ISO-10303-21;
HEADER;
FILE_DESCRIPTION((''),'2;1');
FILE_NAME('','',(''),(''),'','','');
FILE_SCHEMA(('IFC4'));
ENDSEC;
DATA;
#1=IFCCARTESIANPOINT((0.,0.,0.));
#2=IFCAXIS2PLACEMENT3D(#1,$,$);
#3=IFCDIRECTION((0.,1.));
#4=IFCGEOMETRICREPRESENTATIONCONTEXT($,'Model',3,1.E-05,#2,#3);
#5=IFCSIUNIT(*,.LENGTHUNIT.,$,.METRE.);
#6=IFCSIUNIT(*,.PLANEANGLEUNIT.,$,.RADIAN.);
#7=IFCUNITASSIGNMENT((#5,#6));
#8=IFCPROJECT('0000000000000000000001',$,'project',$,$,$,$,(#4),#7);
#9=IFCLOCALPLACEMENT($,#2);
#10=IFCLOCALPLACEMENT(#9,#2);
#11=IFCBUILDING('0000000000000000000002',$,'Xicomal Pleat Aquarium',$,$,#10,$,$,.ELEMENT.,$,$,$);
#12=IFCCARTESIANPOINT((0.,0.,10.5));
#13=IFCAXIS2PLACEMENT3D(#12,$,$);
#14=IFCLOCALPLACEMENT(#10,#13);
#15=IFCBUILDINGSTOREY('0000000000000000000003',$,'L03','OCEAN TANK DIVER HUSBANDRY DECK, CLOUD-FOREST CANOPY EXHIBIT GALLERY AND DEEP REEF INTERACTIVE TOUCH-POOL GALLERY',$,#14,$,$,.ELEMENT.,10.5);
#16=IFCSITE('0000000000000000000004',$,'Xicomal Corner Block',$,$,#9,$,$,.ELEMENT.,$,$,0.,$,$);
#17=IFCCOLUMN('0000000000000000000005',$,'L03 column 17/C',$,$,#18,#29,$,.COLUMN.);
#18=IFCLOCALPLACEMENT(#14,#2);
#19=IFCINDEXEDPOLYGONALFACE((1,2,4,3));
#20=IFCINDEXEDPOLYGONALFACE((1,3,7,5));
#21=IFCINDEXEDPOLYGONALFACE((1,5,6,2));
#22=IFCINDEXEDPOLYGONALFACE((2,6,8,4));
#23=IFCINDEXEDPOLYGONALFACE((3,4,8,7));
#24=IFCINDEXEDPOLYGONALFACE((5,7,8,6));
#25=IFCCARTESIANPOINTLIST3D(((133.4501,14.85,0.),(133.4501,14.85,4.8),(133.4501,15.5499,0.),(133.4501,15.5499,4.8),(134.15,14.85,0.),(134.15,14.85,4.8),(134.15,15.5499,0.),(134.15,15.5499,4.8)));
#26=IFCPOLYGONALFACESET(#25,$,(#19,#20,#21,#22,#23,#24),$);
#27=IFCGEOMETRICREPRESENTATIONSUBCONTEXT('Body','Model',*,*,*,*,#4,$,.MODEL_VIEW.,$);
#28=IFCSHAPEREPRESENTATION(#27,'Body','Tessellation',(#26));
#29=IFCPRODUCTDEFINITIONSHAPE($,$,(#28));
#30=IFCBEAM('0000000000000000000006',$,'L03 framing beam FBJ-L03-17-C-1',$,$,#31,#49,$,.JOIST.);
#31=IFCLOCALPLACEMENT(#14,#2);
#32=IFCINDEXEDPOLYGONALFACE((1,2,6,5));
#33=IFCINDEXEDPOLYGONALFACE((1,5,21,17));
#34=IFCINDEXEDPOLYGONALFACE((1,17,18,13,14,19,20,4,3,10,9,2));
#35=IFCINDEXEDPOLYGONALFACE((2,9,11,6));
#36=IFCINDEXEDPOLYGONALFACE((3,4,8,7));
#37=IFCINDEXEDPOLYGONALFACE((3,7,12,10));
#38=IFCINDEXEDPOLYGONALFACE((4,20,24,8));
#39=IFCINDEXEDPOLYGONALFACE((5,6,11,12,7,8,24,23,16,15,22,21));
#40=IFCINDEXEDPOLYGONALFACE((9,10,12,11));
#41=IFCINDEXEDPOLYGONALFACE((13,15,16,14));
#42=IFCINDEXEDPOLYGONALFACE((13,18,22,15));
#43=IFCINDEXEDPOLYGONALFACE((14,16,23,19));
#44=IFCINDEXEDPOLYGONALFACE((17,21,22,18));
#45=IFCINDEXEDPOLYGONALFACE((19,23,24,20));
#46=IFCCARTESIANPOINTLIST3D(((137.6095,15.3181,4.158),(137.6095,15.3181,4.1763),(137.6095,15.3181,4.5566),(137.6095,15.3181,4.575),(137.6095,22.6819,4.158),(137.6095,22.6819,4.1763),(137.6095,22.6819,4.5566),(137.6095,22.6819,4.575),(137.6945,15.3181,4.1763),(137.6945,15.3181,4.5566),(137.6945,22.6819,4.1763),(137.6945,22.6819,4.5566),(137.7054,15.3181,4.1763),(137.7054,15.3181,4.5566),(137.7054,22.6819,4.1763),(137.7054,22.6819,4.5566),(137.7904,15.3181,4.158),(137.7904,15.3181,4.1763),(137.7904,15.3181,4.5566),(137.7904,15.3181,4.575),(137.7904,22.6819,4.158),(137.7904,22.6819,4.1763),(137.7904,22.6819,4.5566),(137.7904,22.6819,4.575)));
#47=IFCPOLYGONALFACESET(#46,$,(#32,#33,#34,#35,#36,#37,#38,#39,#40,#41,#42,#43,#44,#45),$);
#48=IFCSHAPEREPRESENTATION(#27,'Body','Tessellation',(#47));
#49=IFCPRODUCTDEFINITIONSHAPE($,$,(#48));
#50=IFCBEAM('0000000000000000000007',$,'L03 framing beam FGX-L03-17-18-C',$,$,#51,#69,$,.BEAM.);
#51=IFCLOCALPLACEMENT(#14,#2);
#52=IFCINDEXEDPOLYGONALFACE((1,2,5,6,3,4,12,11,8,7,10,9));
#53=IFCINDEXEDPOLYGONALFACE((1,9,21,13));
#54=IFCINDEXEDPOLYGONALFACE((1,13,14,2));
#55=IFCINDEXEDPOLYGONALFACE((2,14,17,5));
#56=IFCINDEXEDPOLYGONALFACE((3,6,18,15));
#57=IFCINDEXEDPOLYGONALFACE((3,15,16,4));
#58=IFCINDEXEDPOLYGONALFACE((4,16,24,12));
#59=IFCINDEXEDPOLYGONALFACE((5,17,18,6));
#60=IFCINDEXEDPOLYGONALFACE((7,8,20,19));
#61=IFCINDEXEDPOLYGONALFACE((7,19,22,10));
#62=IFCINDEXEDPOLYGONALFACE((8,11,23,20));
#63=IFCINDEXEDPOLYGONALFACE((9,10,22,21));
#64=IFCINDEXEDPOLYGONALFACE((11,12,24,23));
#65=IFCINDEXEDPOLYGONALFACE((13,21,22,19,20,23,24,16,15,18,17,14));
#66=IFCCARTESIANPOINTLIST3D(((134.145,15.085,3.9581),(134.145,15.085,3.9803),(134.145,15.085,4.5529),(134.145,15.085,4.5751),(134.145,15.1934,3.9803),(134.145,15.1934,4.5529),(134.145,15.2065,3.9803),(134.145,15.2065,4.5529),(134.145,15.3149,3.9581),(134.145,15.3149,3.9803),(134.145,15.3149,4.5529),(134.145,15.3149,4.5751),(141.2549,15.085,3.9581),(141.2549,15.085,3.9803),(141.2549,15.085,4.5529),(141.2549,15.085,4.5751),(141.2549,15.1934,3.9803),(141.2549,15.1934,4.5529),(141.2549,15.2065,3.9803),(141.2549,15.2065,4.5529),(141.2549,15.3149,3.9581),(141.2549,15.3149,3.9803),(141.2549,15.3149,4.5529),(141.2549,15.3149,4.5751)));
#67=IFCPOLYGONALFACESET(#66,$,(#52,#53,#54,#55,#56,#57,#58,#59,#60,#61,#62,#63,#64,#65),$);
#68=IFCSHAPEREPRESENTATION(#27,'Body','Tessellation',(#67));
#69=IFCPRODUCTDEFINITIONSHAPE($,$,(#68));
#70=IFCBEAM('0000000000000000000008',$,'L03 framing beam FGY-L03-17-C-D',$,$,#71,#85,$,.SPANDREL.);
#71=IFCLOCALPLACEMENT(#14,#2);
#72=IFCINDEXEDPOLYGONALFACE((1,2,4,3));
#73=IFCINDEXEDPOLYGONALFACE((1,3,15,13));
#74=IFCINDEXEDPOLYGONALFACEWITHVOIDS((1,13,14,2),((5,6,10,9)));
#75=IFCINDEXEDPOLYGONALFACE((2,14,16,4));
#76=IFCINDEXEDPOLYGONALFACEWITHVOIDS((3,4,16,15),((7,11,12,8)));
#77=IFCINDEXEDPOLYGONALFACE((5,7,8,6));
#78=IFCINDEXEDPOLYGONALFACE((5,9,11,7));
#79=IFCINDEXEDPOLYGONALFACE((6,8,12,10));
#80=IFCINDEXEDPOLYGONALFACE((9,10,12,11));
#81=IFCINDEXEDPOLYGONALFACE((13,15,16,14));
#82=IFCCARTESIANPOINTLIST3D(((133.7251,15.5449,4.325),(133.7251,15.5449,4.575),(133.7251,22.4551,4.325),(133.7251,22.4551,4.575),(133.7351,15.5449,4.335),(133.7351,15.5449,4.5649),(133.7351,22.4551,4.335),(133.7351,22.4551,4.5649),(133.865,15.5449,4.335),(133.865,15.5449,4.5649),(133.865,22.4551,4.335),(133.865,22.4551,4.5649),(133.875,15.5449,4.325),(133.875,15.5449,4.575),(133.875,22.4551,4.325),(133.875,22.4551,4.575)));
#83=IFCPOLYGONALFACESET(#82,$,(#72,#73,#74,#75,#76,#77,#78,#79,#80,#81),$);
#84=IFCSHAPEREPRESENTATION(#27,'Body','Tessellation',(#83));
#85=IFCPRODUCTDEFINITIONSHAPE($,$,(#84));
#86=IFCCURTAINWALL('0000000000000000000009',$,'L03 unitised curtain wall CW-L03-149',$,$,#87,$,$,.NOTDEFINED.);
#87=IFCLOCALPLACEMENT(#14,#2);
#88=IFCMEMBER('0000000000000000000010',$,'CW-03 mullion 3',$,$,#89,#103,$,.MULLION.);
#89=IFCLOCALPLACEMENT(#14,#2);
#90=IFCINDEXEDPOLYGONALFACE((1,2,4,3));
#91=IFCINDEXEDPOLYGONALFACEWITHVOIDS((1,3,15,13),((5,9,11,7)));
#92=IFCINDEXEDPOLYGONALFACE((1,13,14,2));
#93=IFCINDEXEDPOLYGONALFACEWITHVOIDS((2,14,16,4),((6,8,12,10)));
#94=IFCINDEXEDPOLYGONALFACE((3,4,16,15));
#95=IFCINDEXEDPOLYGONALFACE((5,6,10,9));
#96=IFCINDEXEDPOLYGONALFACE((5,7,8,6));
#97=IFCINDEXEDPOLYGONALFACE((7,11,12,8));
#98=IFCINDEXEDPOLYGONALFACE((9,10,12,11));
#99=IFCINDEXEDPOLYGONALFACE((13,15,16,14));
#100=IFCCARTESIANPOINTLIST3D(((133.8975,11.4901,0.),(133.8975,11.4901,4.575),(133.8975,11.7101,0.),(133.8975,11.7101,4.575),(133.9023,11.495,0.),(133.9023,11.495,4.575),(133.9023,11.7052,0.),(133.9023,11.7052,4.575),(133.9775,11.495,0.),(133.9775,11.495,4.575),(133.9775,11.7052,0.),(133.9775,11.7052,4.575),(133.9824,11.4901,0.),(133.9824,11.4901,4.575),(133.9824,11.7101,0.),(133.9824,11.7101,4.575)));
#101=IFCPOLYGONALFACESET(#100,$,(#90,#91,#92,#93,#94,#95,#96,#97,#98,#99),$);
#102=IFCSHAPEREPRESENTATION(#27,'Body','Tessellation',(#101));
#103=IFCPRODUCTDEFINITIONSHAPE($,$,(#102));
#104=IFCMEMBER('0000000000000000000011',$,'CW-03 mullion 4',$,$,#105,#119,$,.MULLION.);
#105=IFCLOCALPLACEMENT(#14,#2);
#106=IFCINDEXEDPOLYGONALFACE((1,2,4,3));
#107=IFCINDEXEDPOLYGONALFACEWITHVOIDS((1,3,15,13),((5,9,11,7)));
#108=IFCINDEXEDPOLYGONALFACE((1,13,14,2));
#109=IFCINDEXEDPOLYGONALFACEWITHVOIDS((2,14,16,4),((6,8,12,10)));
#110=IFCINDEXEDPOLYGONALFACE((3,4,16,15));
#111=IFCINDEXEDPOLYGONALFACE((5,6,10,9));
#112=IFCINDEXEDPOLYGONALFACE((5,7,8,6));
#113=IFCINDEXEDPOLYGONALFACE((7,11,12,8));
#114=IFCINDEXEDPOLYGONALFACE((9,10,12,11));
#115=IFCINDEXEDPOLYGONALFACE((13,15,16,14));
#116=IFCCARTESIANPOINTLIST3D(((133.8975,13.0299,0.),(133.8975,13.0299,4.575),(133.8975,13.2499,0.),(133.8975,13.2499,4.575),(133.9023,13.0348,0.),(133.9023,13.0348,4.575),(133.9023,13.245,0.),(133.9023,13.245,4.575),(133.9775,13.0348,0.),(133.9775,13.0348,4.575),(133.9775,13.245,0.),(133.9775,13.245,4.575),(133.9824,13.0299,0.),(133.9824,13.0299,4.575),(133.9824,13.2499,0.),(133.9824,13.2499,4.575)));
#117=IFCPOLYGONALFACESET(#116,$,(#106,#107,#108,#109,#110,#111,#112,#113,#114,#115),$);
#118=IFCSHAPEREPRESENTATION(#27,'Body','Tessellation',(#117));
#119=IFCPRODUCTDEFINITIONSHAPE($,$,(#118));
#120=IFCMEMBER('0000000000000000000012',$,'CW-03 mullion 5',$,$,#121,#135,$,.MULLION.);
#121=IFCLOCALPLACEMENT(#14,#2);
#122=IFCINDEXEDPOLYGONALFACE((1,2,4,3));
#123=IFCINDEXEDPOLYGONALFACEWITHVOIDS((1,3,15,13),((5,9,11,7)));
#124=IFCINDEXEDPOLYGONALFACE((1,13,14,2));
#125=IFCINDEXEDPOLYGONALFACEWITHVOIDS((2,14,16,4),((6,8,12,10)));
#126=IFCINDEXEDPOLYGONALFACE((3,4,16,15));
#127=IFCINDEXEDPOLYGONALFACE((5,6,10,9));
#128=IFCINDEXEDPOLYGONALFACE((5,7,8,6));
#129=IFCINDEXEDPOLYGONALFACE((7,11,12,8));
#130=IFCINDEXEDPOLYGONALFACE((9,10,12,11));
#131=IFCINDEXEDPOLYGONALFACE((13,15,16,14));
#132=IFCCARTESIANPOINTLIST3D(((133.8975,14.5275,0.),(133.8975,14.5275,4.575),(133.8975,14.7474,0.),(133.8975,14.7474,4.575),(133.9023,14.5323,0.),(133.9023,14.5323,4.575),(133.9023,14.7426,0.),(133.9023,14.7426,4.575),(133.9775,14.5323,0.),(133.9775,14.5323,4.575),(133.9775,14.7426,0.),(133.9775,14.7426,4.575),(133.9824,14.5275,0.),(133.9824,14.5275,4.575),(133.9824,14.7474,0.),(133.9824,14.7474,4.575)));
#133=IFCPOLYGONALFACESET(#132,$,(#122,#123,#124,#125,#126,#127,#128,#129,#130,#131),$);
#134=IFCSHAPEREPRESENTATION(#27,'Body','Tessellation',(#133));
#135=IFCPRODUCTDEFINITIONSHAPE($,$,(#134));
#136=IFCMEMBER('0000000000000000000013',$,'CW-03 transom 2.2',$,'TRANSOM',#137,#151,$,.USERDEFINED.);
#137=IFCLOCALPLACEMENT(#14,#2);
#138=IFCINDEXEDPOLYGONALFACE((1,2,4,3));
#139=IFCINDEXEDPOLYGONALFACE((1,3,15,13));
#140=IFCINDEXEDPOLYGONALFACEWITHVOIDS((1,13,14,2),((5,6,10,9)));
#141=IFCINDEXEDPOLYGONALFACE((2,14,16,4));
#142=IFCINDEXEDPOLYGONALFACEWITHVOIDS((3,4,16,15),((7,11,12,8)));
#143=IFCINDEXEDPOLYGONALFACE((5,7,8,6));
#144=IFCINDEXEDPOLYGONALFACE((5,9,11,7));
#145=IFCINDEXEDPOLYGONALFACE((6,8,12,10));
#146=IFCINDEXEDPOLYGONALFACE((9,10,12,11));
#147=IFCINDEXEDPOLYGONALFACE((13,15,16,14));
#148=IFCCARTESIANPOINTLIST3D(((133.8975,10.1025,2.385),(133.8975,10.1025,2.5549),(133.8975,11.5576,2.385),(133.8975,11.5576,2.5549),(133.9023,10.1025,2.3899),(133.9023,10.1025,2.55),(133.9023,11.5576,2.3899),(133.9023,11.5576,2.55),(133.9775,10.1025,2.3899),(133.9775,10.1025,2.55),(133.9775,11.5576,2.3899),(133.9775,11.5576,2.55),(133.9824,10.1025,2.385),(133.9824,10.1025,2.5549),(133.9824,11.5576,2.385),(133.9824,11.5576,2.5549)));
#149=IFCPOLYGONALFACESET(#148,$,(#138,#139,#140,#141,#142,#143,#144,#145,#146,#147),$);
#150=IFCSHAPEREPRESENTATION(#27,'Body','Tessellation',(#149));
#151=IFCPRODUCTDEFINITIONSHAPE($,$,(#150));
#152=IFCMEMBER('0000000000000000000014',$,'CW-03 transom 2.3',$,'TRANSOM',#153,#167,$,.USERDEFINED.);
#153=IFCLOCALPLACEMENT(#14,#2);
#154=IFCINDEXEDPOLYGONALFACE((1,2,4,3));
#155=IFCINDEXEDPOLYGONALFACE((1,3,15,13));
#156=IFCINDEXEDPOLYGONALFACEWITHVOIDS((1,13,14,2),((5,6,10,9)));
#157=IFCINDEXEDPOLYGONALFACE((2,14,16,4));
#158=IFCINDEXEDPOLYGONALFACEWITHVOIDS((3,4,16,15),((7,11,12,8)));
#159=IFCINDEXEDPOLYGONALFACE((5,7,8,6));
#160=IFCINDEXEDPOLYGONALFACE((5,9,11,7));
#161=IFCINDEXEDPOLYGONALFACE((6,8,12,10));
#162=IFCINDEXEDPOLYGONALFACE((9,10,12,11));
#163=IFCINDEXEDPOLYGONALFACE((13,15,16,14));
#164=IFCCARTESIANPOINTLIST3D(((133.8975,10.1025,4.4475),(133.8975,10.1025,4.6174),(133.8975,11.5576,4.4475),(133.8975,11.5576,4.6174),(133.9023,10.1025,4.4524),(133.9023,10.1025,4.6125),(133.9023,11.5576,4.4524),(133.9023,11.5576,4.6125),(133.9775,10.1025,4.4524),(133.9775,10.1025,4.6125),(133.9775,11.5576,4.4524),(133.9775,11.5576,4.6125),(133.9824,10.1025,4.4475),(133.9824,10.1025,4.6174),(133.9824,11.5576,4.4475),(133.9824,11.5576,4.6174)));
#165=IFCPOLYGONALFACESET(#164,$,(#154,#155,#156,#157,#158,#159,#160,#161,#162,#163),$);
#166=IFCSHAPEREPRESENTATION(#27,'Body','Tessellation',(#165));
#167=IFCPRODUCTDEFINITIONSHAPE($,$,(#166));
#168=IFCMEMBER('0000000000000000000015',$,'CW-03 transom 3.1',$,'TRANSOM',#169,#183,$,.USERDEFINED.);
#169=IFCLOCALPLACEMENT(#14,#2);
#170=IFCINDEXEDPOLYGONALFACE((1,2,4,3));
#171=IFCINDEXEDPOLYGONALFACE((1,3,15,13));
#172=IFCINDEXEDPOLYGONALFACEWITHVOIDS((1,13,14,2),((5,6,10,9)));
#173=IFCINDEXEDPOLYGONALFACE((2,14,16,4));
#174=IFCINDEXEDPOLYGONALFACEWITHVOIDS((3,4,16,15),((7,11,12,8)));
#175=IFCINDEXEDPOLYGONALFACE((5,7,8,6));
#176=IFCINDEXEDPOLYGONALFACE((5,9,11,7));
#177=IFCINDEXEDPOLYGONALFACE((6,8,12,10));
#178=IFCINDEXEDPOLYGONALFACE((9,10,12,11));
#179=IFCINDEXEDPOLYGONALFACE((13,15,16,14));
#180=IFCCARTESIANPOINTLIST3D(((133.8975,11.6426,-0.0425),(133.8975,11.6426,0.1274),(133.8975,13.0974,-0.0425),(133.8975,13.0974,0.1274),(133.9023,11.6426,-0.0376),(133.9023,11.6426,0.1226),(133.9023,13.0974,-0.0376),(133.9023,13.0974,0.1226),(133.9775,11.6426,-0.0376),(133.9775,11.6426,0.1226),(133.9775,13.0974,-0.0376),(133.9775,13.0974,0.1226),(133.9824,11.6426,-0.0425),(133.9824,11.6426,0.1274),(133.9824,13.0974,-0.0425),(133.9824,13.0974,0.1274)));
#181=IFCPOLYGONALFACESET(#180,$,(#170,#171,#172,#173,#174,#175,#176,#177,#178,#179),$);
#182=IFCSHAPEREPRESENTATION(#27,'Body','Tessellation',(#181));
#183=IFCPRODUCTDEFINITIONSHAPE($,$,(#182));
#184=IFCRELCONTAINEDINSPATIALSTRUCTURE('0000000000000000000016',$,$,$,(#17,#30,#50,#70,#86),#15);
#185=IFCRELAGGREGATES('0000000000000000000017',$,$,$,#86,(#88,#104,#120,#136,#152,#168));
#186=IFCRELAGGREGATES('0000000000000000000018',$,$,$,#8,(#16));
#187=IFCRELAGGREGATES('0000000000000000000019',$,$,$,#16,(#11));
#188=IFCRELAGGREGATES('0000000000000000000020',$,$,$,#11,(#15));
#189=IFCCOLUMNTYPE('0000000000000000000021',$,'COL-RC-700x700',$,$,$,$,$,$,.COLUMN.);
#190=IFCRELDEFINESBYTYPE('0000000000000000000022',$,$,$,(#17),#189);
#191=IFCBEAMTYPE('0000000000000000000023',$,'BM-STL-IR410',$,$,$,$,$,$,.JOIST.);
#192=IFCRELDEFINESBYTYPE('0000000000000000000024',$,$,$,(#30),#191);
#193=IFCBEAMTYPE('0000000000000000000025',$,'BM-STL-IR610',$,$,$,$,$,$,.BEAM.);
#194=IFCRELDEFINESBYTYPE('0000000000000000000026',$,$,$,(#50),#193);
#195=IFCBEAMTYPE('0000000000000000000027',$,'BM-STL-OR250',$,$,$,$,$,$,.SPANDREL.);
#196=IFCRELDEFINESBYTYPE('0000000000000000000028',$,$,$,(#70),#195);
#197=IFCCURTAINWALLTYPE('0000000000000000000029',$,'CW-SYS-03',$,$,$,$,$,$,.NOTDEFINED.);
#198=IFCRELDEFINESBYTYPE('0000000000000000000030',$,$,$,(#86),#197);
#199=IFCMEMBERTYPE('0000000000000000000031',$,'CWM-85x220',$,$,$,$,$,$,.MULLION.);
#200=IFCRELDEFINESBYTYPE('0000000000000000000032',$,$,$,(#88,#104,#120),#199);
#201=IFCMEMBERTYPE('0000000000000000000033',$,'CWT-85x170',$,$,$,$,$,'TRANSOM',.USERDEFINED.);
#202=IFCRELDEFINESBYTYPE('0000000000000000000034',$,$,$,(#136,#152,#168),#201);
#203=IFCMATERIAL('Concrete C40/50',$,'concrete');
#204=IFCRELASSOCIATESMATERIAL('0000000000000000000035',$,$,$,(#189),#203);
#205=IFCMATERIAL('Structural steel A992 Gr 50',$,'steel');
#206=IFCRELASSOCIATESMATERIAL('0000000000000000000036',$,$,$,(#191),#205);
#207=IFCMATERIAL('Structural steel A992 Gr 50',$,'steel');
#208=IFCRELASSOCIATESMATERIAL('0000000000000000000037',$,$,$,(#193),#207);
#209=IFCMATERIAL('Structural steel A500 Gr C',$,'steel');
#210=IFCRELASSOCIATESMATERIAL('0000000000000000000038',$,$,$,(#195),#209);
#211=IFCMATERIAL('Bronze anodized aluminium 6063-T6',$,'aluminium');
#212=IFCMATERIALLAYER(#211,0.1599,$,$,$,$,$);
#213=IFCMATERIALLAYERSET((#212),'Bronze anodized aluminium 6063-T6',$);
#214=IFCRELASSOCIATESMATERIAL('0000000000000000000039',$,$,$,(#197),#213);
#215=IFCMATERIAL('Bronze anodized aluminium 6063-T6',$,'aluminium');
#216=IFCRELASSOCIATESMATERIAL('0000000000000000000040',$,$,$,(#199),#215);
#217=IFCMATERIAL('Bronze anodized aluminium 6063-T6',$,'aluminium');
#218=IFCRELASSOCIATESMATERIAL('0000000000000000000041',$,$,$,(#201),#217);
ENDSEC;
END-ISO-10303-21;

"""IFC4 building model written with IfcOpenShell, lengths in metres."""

from ifc_helpers import new_model, si_unit, direction, frame, origin, origin_2d, place, context, subcontext, project, spatial, rectangle, hollow_rectangle, i_section, extrude, material, layer, layer_set, material_profile, profile_set, type_object, element, aggregate, save


model = new_model("IFC4")

# Units and contexts
model_context = context("Model", 3, precision=1e-05, world=origin(), true_north=direction((0.0, 1.0)))
body_context = subcontext(model_context, "Body", "Model", "MODEL_VIEW")
ifc_project = project(units=[si_unit("LENGTHUNIT", "METRE"), si_unit("PLANEANGLEUNIT", "RADIAN")], contexts=[model_context])

# Site, building, storey
site_placement = place(None, origin())
site = spatial("IfcSite", under=ifc_project, at=site_placement, Name="Xicomal Corner Block", CompositionType="ELEMENT", RefElevation=0.0)
building_placement = place(site_placement, origin())
building = spatial("IfcBuilding", under=site, at=building_placement, Name="Xicomal Pleat Aquarium", CompositionType="ELEMENT")
storey_placement = place(building_placement, frame((0.0, 0.0, 10.5)))
storey = spatial("IfcBuildingStorey", under=building, at=storey_placement, Name="L03", Description="OCEAN TANK DIVER HUSBANDRY DECK, CLOUD-FOREST CANOPY EXHIBIT GALLERY AND DEEP REEF INTERACTIVE TOUCH-POOL GALLERY", CompositionType="ELEMENT", Elevation=10.5)

# Column
ifc_material_1 = material(Name="Concrete C40/50", Category="concrete")
ifc_material_profile_1 = material_profile(ifc_material_1, rectangle(XDim=0.7, YDim=0.7, at=origin_2d()), Name="RC 700x700")
ifc_profile_set_1 = profile_set([ifc_material_profile_1], Name="Concrete C40/50")
column_type = type_object("IfcColumnType", Name="COL-RC-700x700", PredefinedType="COLUMN", material=ifc_profile_set_1)
column_placement = place(storey_placement, frame((133.8, 15.2, 0.0), z_axis=(0.0, 0.0, 1.0), x_axis=(1.0, 0.0, 0.0)))
element("IfcColumn", 1, at=column_placement, inside=storey, type_object=column_type, Name="L03 column 17/C", PredefinedType="COLUMN", context=body_context, shape_type="SweptSolid", body=[
    extrude(rectangle(XDim=0.7, YDim=0.7, at=origin_2d()), origin(), (0.0, 0.0, 1.0), 4.8),
])

# Beams
ifc_material_2 = material(Name="Structural steel A992 Gr 50", Category="steel")
ifc_material_profile_2 = material_profile(ifc_material_2, i_section(OverallWidth=0.1809, OverallDepth=0.417, WebThickness=0.011, FlangeThickness=0.0183, at=origin_2d()), Name="IR 410x85")
ifc_profile_set_2 = profile_set([ifc_material_profile_2], Name="Structural steel A992 Gr 50")
beam_type_1 = type_object("IfcBeamType", Name="BM-STL-IR410", PredefinedType="JOIST", material=ifc_profile_set_2)
beam_1_placement = place(storey_placement, frame((137.7, 15.3181, 4.3665), z_axis=(0.0, 1.0, 0.0), x_axis=(-1.0, 0.0, 0.0)))
element("IfcBeam", 2, at=beam_1_placement, inside=storey, type_object=beam_type_1, Name="L03 framing beam FBJ-L03-17-C-1", PredefinedType="JOIST", context=body_context, shape_type="SweptSolid", body=[
    extrude(i_section(OverallWidth=0.1809, OverallDepth=0.417, WebThickness=0.011, FlangeThickness=0.0183, at=origin_2d()), origin(), (0.0, 0.0, 1.0), 7.3638),
])
ifc_material_3 = material(Name="Structural steel A992 Gr 50", Category="steel")
ifc_material_profile_3 = material_profile(ifc_material_3, i_section(OverallWidth=0.23, OverallDepth=0.6169, WebThickness=0.0132, FlangeThickness=0.0222, at=origin_2d()), Name="IR 610x140")
ifc_profile_set_3 = profile_set([ifc_material_profile_3], Name="Structural steel A992 Gr 50")
beam_type_2 = type_object("IfcBeamType", Name="BM-STL-IR610", PredefinedType="BEAM", material=ifc_profile_set_3)
beam_2_placement = place(storey_placement, frame((134.145, 15.2, 4.2666), z_axis=(1.0, 0.0, 0.0), x_axis=(0.0, 1.0, 0.0)))
element("IfcBeam", 3, at=beam_2_placement, inside=storey, type_object=beam_type_2, Name="L03 framing beam FGX-L03-17-18-C", PredefinedType="BEAM", context=body_context, shape_type="SweptSolid", body=[
    extrude(i_section(OverallWidth=0.23, OverallDepth=0.6169, WebThickness=0.0132, FlangeThickness=0.0222, at=origin_2d()), origin(), (0.0, 0.0, 1.0), 7.1099),
])
ifc_material_4 = material(Name="Structural steel A500 Gr C", Category="steel")
ifc_material_profile_4 = material_profile(ifc_material_4, hollow_rectangle(XDim=0.1499, YDim=0.25, WallThickness=0.01, at=origin_2d()), Name="OR 250x150x10")
ifc_profile_set_4 = profile_set([ifc_material_profile_4], Name="Structural steel A500 Gr C")
beam_type_3 = type_object("IfcBeamType", Name="BM-STL-OR250", PredefinedType="SPANDREL", material=ifc_profile_set_4)
beam_3_placement = place(storey_placement, frame((133.8, 15.5449, 4.45), z_axis=(0.0, 1.0, 0.0), x_axis=(-1.0, 0.0, 0.0)))
element("IfcBeam", 4, at=beam_3_placement, inside=storey, type_object=beam_type_3, Name="L03 framing beam FGY-L03-17-C-D", PredefinedType="SPANDREL", context=body_context, shape_type="SweptSolid", body=[
    extrude(hollow_rectangle(XDim=0.1499, YDim=0.25, WallThickness=0.01, at=origin_2d()), origin(), (0.0, 0.0, 1.0), 6.9102),
])

# Curtain wall, members
ifc_material_5 = material(Name="Bronze anodized aluminium 6063-T6", Category="aluminium")
ifc_layer_1 = layer(ifc_material_5, 0.1599)
ifc_layer_set_1 = layer_set([ifc_layer_1], Name="Bronze anodized aluminium 6063-T6")
curtain_wall_type = type_object("IfcCurtainWallType", Name="CW-SYS-03", PredefinedType="NOTDEFINED", material=ifc_layer_set_1)
curtain_wall_placement = place(storey_placement, origin())
curtain_wall = element("IfcCurtainWall", 5, at=curtain_wall_placement, inside=storey, type_object=curtain_wall_type, Name="L03 unitised curtain wall CW-L03-149", PredefinedType="NOTDEFINED")
ifc_material_6 = material(Name="Bronze anodized aluminium 6063-T6", Category="aluminium")
ifc_material_profile_5 = material_profile(ifc_material_6, hollow_rectangle(XDim=0.085, YDim=0.22, WallThickness=0.0049, at=origin_2d()), Name="ALU MULL 85x220")
ifc_profile_set_5 = profile_set([ifc_material_profile_5], Name="Bronze anodized aluminium 6063-T6")
member_type_1 = type_object("IfcMemberType", Name="CWM-85x220", PredefinedType="MULLION", material=ifc_profile_set_5)
member_1_placement = place(storey_placement, frame((133.9399, 11.6001, 0.0), z_axis=(0.0, 0.0, 1.0), x_axis=(-1.0, 0.0, 0.0)))
member_1 = element("IfcMember", 6, at=member_1_placement, type_object=member_type_1, Name="CW-03 mullion 3", PredefinedType="MULLION", context=body_context, shape_type="SweptSolid", body=[
    extrude(hollow_rectangle(XDim=0.085, YDim=0.22, WallThickness=0.0049, at=origin_2d()), origin(), (0.0, 0.0, 1.0), 4.575),
])
member_2_placement = place(storey_placement, frame((133.9399, 13.1399, 0.0), z_axis=(0.0, 0.0, 1.0), x_axis=(-1.0, 0.0, 0.0)))
member_2 = element("IfcMember", 7, at=member_2_placement, type_object=member_type_1, Name="CW-03 mullion 4", PredefinedType="MULLION", context=body_context, shape_type="SweptSolid", body=[
    extrude(hollow_rectangle(XDim=0.085, YDim=0.22, WallThickness=0.0049, at=origin_2d()), origin(), (0.0, 0.0, 1.0), 4.575),
])
member_3_placement = place(storey_placement, frame((133.9399, 14.6375, 0.0), z_axis=(0.0, 0.0, 1.0), x_axis=(-1.0, 0.0, 0.0)))
member_3 = element("IfcMember", 8, at=member_3_placement, type_object=member_type_1, Name="CW-03 mullion 5", PredefinedType="MULLION", context=body_context, shape_type="SweptSolid", body=[
    extrude(hollow_rectangle(XDim=0.085, YDim=0.22, WallThickness=0.0049, at=origin_2d()), origin(), (0.0, 0.0, 1.0), 4.575),
])
ifc_material_7 = material(Name="Bronze anodized aluminium 6063-T6", Category="aluminium")
ifc_material_profile_6 = material_profile(ifc_material_7, hollow_rectangle(XDim=0.085, YDim=0.1699, WallThickness=0.0049, at=origin_2d()), Name="ALU TRAN 85x170")
ifc_profile_set_6 = profile_set([ifc_material_profile_6], Name="Bronze anodized aluminium 6063-T6")
member_type_2 = type_object("IfcMemberType", Name="CWT-85x170", ElementType="TRANSOM", PredefinedType="USERDEFINED", material=ifc_profile_set_6)
member_4_placement = place(storey_placement, frame((133.9399, 10.1025, 2.47), z_axis=(0.0, 1.0, 0.0), x_axis=(-1.0, 0.0, 0.0)))
member_4 = element("IfcMember", 9, at=member_4_placement, type_object=member_type_2, Name="CW-03 transom 2.2", ObjectType="TRANSOM", PredefinedType="USERDEFINED", context=body_context, shape_type="SweptSolid", body=[
    extrude(hollow_rectangle(XDim=0.085, YDim=0.1699, WallThickness=0.0049, at=origin_2d()), origin(), (0.0, 0.0, 1.0), 1.4551),
])
member_5_placement = place(storey_placement, frame((133.9399, 10.1025, 4.5325), z_axis=(0.0, 1.0, 0.0), x_axis=(-1.0, 0.0, 0.0)))
member_5 = element("IfcMember", 10, at=member_5_placement, type_object=member_type_2, Name="CW-03 transom 2.3", ObjectType="TRANSOM", PredefinedType="USERDEFINED", context=body_context, shape_type="SweptSolid", body=[
    extrude(hollow_rectangle(XDim=0.085, YDim=0.1699, WallThickness=0.0049, at=origin_2d()), origin(), (0.0, 0.0, 1.0), 1.4551),
])
member_6_placement = place(storey_placement, frame((133.9399, 11.6426, 0.0425), z_axis=(0.0, 1.0, 0.0), x_axis=(-1.0, 0.0, 0.0)))
member_6 = element("IfcMember", 11, at=member_6_placement, type_object=member_type_2, Name="CW-03 transom 3.1", ObjectType="TRANSOM", PredefinedType="USERDEFINED", context=body_context, shape_type="SweptSolid", body=[
    extrude(hollow_rectangle(XDim=0.085, YDim=0.1699, WallThickness=0.0049, at=origin_2d()), origin(), (0.0, 0.0, 1.0), 1.4548),
])
aggregate(curtain_wall, [member_1, member_2, member_3, member_4, member_5, member_6])

save(model, "model.ifc")
